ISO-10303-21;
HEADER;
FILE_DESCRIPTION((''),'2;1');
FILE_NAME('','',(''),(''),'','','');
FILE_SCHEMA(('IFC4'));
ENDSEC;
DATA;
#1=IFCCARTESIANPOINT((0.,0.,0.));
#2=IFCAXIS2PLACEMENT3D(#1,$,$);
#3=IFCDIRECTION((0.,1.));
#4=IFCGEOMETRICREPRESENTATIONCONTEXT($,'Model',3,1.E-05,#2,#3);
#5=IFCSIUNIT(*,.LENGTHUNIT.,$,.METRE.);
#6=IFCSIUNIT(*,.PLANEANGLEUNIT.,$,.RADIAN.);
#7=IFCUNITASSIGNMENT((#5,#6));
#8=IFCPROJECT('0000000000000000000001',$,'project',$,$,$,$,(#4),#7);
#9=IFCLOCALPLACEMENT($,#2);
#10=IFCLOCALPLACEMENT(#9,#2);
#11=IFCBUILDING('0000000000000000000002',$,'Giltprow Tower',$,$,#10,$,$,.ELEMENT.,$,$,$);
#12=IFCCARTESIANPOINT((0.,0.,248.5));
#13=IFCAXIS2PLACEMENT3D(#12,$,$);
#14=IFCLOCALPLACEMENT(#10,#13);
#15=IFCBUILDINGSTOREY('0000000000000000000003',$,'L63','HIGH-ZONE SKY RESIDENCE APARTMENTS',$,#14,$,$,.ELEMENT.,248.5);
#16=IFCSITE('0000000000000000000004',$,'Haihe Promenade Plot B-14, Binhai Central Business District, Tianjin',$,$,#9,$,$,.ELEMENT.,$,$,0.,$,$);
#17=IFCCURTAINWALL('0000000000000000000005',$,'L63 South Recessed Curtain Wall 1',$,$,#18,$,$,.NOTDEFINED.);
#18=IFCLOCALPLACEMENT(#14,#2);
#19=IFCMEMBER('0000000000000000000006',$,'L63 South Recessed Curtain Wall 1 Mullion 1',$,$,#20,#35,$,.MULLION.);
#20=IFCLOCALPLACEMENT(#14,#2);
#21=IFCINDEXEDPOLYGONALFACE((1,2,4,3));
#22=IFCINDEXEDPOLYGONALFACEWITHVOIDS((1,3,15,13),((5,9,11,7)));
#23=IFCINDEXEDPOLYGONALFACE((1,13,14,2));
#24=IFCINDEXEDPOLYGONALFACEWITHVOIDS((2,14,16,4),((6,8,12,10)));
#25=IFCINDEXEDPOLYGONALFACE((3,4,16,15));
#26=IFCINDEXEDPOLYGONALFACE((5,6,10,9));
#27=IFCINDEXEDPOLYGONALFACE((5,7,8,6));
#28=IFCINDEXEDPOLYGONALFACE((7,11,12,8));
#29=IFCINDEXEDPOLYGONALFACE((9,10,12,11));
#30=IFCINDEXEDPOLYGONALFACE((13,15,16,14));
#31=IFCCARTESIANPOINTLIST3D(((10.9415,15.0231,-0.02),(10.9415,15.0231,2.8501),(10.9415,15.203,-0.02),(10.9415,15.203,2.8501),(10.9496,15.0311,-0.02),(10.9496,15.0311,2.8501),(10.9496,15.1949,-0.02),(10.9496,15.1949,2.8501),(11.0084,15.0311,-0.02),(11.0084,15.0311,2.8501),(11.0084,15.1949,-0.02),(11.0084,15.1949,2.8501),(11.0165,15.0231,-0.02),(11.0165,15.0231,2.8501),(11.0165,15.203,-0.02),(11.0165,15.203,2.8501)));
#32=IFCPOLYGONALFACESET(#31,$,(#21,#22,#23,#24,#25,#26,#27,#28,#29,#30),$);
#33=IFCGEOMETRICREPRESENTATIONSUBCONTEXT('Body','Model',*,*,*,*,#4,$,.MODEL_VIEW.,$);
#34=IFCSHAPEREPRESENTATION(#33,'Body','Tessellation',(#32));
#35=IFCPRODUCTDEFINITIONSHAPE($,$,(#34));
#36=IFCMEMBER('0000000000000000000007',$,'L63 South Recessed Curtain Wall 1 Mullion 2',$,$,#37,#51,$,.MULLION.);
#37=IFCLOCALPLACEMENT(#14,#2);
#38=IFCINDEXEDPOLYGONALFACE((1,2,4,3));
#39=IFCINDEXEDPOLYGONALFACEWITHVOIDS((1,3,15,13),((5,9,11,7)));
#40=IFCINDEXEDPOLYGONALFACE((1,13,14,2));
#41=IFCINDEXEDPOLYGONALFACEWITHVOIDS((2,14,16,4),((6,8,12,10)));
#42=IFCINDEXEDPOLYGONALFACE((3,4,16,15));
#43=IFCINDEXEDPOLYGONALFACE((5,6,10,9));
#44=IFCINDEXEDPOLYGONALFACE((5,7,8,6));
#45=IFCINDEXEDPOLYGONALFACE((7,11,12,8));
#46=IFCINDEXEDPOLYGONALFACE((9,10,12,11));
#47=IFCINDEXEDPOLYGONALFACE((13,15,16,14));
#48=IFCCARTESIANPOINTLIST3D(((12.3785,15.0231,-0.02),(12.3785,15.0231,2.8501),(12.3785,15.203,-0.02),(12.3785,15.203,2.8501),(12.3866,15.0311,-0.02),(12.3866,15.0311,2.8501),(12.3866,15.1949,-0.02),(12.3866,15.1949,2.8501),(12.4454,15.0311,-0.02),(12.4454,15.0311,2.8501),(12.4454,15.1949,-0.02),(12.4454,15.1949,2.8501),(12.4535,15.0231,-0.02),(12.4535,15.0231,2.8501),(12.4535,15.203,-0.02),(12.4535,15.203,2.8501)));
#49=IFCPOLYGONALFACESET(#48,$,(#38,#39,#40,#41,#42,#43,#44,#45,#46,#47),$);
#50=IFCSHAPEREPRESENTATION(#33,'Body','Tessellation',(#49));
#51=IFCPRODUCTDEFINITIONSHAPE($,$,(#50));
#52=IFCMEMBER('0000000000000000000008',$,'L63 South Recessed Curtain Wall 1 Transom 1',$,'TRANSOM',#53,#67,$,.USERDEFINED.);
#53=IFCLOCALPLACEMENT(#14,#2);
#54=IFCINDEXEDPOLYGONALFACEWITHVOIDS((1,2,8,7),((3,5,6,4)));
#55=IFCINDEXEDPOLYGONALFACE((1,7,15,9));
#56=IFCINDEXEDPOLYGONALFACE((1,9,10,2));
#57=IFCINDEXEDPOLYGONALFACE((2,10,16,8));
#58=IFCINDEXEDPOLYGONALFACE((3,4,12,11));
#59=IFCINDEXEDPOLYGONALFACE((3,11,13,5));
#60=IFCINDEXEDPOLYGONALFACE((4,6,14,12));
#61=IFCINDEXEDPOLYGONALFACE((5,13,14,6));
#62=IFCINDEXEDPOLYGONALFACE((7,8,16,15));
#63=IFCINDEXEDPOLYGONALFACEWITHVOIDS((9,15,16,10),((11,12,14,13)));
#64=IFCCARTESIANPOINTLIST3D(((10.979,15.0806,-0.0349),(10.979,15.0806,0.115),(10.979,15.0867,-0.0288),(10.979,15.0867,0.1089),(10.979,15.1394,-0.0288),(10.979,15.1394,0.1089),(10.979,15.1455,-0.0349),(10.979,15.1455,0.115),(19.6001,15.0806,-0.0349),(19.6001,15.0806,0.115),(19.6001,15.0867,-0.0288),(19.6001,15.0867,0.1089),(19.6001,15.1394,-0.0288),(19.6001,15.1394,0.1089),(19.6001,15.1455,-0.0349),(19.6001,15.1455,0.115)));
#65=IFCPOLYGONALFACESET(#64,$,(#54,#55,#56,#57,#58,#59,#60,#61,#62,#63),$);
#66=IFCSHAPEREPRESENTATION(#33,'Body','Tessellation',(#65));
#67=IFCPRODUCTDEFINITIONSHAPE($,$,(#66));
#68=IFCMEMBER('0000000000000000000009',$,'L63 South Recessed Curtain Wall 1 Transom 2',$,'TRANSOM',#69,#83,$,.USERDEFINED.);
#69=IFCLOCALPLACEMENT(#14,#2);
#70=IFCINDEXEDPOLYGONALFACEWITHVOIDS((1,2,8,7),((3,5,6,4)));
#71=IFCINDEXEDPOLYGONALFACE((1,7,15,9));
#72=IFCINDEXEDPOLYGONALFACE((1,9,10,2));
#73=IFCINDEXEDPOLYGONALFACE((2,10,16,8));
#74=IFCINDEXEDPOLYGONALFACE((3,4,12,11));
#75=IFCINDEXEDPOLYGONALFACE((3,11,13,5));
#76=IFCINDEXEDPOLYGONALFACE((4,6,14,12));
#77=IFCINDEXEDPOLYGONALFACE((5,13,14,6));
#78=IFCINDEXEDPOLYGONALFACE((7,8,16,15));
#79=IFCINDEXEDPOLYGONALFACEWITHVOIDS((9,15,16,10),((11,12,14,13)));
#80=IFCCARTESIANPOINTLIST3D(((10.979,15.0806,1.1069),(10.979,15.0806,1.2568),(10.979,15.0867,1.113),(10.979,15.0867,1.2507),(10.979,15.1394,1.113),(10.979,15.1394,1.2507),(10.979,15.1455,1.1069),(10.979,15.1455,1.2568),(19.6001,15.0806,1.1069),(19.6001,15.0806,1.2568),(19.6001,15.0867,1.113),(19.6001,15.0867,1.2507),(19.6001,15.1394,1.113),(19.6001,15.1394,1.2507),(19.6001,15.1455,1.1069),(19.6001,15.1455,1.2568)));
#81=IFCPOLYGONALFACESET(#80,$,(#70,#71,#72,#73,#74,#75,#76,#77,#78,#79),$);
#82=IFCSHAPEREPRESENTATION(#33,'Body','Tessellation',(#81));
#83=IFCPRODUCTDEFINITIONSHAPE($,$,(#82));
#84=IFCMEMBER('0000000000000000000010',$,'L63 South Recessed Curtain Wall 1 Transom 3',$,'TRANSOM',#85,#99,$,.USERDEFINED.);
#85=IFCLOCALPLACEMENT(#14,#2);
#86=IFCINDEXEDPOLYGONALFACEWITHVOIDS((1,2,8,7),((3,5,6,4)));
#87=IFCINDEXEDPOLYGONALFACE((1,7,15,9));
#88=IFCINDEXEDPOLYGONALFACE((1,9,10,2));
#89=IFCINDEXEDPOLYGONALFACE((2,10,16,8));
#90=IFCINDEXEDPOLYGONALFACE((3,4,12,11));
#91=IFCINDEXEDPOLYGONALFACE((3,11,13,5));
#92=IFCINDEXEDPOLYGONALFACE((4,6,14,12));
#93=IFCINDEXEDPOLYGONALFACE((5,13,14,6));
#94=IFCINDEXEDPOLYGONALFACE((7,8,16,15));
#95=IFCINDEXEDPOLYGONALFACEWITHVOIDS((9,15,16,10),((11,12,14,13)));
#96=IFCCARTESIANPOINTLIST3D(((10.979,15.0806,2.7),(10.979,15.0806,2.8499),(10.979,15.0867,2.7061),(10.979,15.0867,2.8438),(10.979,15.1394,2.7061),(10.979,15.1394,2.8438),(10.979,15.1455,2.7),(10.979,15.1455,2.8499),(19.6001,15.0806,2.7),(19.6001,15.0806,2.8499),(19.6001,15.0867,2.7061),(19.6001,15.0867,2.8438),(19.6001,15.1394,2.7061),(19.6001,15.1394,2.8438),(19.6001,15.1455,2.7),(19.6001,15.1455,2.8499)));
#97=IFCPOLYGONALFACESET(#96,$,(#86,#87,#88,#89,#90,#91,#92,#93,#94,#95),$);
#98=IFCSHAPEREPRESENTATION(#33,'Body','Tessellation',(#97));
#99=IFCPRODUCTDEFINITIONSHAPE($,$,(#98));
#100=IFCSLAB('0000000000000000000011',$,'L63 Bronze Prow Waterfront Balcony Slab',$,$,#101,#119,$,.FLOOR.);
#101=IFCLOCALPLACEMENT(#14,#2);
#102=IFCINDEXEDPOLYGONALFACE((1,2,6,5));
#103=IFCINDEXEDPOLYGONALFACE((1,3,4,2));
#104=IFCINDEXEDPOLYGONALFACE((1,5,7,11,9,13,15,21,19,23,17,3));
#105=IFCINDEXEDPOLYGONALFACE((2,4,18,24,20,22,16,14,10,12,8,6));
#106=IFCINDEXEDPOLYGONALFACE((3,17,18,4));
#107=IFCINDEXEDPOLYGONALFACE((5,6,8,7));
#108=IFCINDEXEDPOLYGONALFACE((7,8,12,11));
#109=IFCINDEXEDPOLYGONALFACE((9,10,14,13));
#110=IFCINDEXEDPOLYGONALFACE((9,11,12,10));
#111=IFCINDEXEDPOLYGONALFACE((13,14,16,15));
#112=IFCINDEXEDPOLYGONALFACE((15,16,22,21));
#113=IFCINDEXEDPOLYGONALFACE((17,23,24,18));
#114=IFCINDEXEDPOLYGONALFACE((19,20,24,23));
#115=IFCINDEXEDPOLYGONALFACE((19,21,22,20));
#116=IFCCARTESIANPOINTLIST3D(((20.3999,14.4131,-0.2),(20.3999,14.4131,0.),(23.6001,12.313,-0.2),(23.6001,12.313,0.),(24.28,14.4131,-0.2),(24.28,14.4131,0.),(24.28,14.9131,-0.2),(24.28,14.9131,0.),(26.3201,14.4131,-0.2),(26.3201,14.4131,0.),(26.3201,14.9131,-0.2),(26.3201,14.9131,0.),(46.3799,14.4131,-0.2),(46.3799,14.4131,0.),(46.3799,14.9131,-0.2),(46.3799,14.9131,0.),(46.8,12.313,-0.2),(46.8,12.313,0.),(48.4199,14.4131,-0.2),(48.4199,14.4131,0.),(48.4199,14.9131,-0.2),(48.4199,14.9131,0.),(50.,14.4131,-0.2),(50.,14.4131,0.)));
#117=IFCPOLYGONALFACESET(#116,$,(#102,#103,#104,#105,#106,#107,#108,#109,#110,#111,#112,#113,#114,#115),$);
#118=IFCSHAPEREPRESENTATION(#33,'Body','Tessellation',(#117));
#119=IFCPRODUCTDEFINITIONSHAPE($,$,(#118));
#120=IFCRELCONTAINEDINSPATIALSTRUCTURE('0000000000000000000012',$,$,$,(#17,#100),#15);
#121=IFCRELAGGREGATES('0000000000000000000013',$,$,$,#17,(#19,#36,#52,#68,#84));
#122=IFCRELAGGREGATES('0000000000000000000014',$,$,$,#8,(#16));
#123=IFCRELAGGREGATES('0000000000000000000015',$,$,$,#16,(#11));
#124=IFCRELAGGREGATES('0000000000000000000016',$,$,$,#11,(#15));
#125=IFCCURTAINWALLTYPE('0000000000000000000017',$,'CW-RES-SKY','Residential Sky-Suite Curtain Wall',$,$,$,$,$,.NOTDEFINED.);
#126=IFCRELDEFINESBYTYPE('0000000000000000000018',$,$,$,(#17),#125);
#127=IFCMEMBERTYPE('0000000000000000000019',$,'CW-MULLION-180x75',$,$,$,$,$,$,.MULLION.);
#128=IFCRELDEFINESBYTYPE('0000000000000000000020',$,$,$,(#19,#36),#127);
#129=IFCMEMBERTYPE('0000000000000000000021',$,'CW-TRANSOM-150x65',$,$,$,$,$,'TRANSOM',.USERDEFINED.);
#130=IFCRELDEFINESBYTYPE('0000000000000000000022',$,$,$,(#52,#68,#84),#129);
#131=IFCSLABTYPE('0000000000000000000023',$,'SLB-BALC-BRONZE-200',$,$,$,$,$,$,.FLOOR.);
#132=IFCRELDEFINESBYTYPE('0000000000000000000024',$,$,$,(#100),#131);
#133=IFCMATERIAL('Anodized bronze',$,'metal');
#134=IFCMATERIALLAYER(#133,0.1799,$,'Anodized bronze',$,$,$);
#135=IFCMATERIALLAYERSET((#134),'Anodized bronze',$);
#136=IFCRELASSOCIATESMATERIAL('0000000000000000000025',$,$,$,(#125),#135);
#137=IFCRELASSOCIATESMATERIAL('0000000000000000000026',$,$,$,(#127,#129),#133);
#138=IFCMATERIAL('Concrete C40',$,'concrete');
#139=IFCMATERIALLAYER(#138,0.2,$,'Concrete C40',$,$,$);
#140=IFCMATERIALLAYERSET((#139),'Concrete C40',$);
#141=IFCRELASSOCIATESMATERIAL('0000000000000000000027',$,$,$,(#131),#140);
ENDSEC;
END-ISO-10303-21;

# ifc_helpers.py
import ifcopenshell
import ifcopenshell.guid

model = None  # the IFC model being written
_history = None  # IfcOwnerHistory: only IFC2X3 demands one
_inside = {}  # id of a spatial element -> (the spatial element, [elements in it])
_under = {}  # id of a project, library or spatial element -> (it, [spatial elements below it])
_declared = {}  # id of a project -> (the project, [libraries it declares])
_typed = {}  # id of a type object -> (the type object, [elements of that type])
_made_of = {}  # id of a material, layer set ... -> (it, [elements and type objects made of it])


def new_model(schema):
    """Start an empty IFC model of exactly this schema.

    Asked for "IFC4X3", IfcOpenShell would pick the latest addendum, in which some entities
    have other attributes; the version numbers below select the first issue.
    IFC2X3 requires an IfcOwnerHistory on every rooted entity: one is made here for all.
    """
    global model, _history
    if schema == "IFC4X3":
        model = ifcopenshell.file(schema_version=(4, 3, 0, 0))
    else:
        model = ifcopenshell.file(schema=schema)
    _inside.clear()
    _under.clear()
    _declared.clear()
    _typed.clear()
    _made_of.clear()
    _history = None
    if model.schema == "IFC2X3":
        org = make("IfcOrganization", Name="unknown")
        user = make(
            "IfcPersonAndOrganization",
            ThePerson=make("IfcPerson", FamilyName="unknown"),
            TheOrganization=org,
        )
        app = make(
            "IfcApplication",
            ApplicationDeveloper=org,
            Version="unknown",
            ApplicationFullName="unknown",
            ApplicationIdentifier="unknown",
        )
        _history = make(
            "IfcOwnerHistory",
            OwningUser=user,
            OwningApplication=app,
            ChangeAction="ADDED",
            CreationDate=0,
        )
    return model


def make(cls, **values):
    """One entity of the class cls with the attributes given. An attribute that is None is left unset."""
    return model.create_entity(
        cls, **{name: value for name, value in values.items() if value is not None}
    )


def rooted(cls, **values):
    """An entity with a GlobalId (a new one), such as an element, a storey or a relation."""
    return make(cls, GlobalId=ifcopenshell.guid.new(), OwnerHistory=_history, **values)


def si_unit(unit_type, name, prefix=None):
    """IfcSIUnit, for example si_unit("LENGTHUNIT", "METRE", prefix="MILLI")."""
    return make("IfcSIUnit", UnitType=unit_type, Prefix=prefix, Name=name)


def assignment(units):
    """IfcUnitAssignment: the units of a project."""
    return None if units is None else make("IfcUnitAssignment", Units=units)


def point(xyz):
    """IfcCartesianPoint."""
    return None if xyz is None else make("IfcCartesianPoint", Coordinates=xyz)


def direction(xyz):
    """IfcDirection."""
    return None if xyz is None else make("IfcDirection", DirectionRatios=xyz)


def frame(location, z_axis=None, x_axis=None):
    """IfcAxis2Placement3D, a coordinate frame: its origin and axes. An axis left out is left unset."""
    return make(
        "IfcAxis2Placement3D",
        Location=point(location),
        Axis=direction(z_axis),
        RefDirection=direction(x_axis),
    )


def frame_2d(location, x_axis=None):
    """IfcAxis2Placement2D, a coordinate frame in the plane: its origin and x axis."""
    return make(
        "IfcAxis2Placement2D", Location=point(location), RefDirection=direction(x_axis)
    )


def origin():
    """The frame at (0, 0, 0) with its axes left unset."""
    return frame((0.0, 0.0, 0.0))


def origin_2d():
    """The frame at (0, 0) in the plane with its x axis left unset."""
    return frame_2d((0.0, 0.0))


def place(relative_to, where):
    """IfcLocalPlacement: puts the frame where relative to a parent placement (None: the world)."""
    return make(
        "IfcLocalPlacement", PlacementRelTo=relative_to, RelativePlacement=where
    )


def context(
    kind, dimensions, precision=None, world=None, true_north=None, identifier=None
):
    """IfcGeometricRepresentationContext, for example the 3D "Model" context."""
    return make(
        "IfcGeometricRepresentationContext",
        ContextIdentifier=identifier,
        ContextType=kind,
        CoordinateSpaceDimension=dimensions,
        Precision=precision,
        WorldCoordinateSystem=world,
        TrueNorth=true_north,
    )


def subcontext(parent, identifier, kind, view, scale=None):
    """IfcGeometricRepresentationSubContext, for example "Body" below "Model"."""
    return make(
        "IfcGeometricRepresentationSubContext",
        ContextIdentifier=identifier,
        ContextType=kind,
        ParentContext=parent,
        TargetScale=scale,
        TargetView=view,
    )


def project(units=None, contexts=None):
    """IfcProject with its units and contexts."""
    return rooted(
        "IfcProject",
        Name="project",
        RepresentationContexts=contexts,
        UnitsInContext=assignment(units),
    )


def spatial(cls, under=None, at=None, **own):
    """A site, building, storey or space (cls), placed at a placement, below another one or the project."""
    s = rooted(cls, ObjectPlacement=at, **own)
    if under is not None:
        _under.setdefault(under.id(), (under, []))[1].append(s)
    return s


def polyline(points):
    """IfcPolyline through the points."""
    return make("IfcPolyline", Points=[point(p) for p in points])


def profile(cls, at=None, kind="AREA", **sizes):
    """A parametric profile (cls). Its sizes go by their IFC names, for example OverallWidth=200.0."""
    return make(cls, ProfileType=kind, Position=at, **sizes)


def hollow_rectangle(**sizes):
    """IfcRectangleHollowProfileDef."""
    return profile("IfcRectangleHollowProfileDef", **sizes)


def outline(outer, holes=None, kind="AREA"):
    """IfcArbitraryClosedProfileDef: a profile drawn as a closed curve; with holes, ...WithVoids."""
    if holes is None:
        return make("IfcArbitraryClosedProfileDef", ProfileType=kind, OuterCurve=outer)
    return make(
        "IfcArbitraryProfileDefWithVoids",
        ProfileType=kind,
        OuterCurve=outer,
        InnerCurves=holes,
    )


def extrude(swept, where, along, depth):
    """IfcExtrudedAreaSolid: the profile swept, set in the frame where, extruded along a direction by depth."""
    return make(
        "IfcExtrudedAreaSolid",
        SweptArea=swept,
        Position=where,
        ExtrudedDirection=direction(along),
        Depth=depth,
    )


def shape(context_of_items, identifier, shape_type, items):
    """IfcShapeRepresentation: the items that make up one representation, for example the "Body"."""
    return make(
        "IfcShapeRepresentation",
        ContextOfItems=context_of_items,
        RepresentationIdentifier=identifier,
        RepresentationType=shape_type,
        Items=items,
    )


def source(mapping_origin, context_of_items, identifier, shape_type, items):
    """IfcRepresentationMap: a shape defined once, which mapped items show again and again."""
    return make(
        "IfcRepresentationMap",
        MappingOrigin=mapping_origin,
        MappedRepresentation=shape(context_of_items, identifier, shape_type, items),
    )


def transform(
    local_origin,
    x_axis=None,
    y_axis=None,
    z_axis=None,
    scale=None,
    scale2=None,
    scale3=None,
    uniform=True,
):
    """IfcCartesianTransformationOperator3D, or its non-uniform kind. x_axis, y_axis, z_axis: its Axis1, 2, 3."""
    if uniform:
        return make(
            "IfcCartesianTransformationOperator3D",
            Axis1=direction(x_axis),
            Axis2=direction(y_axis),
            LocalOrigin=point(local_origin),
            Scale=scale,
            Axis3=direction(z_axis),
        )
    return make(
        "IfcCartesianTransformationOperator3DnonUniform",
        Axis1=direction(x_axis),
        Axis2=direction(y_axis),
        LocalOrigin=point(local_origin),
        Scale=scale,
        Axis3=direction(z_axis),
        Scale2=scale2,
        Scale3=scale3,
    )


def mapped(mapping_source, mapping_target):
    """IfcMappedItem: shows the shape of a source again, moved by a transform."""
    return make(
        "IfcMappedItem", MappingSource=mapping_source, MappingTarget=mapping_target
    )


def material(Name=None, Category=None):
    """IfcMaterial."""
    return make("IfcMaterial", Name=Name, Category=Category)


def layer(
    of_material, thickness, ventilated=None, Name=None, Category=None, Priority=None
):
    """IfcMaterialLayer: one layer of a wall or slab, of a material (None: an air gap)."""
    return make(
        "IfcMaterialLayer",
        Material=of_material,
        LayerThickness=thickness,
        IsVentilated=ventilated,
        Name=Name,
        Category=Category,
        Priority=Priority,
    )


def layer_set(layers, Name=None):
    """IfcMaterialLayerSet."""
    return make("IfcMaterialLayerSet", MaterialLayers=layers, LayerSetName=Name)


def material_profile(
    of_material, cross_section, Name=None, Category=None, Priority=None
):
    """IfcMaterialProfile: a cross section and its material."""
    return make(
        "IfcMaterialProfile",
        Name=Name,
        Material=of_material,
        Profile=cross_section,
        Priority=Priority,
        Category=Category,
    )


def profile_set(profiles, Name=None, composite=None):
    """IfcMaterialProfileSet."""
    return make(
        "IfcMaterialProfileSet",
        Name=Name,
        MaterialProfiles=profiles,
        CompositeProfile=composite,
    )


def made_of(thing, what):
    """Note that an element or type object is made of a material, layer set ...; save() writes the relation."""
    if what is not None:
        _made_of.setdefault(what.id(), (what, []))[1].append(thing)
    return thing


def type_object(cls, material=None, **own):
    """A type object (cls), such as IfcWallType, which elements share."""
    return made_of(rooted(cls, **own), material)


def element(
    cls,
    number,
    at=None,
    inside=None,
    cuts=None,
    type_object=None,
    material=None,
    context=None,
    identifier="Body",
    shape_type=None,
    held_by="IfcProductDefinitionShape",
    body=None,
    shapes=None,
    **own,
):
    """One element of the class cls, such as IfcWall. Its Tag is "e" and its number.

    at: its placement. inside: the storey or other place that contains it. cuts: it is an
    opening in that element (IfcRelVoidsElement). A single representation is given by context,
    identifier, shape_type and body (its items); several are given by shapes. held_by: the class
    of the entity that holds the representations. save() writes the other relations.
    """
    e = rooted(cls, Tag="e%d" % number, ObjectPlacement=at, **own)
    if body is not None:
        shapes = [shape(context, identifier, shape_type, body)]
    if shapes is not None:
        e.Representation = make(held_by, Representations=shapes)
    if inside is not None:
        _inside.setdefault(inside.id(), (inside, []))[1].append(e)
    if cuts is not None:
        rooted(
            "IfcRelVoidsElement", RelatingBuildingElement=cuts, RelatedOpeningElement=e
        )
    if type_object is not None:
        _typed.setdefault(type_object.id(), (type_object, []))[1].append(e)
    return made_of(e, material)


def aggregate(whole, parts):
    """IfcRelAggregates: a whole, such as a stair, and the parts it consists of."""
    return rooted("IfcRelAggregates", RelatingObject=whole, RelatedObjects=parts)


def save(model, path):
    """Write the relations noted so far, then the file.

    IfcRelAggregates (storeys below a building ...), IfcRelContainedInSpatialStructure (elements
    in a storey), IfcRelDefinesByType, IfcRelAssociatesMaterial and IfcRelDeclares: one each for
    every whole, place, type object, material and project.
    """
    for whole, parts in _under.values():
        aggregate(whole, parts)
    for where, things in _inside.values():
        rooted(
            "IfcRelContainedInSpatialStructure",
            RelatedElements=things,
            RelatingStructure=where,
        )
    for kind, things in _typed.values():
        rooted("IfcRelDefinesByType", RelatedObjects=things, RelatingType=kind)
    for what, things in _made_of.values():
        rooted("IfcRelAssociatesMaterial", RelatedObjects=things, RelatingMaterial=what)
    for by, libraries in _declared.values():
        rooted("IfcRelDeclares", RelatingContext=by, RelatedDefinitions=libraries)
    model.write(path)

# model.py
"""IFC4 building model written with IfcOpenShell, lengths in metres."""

from ifc_helpers import new_model, si_unit, direction, frame, origin, origin_2d, place, context, subcontext, project, spatial, polyline, hollow_rectangle, outline, extrude, source, transform, mapped, material, layer, layer_set, material_profile, profile_set, type_object, element, aggregate, save


model = new_model("IFC4")

# Units and contexts
model_context = context("Model", 3, precision=1e-05, world=origin(), true_north=direction((0.0, 1.0)))
body_context = subcontext(model_context, "Body", "Model", "MODEL_VIEW")
ifc_project = project(units=[si_unit("LENGTHUNIT", "METRE"), si_unit("PLANEANGLEUNIT", "RADIAN")], contexts=[model_context])

# Site, building, storey
site_placement = place(None, origin())
site = spatial("IfcSite", under=ifc_project, at=site_placement, Name="Haihe Promenade Plot B-14, Binhai Central Business District, Tianjin", CompositionType="ELEMENT", RefElevation=0.0)
building_placement = place(site_placement, origin())
building = spatial("IfcBuilding", under=site, at=building_placement, Name="Giltprow Tower", CompositionType="ELEMENT")
storey_placement = place(building_placement, frame((0.0, 0.0, 248.5)))
storey = spatial("IfcBuildingStorey", under=building, at=storey_placement, Name="L63", Description="HIGH-ZONE SKY RESIDENCE APARTMENTS", CompositionType="ELEMENT", Elevation=248.5)

# Curtain wall, members
ifc_material_1 = material(Name="Anodized bronze", Category="metal")
ifc_layer_1 = layer(ifc_material_1, 0.1799, Name="Anodized bronze")
ifc_layer_set_1 = layer_set([ifc_layer_1], Name="Anodized bronze")
curtain_wall_type = type_object("IfcCurtainWallType", Name="CW-RES-SKY", Description="Residential Sky-Suite Curtain Wall", PredefinedType="NOTDEFINED", material=ifc_layer_set_1)
curtain_wall_placement = place(storey_placement, origin())
curtain_wall = element("IfcCurtainWall", 1, at=curtain_wall_placement, inside=storey, type_object=curtain_wall_type, Name="L63 South Recessed Curtain Wall 1", PredefinedType="NOTDEFINED")
ifc_material_profile_1 = material_profile(ifc_material_1, hollow_rectangle(XDim=0.075, YDim=0.1799, WallThickness=0.0081, at=origin_2d()), Name="RHS 180x75x8")
ifc_profile_set_1 = profile_set([ifc_material_profile_1], Name="Anodized bronze")
member_type_1 = type_object("IfcMemberType", Name="CW-MULLION-180x75", PredefinedType="MULLION", material=ifc_profile_set_1)
shared_shape_1 = source(origin(), body_context, "Body", "SweptSolid", [
    extrude(hollow_rectangle(XDim=0.075, YDim=0.1799, WallThickness=0.0081, at=origin_2d()), origin(), (0.0, 0.0, 1.0), 2.8701),
])
member_1_placement = place(storey_placement, frame((10.979, 15.113, -0.02), z_axis=(0.0, 0.0, 1.0), x_axis=(1.0, 0.0, 0.0)))
member_1 = element("IfcMember", 2, at=member_1_placement, type_object=member_type_1, Name="L63 South Recessed Curtain Wall 1 Mullion 1", PredefinedType="MULLION", context=body_context, shape_type="MappedRepresentation", body=[
    mapped(shared_shape_1, transform((0.0, 0.0, 0.0), x_axis=(1.0, 0.0, 0.0), y_axis=(0.0, 1.0, 0.0), z_axis=(0.0, 0.0, 1.0), scale=1.0)),
])
member_2_placement = place(storey_placement, frame((12.416, 15.113, -0.02), z_axis=(0.0, 0.0, 1.0), x_axis=(1.0, 0.0, 0.0)))
member_2 = element("IfcMember", 3, at=member_2_placement, type_object=member_type_1, Name="L63 South Recessed Curtain Wall 1 Mullion 2", PredefinedType="MULLION", context=body_context, shape_type="MappedRepresentation", body=[
    mapped(shared_shape_1, transform((0.0, 0.0, 0.0), x_axis=(1.0, 0.0, 0.0), y_axis=(0.0, 1.0, 0.0), z_axis=(0.0, 0.0, 1.0), scale=1.0)),
])
ifc_material_profile_2 = material_profile(ifc_material_1, hollow_rectangle(XDim=0.0649, YDim=0.1499, WallThickness=0.0061, at=origin_2d()), Name="RHS 150x65x6")
ifc_profile_set_2 = profile_set([ifc_material_profile_2], Name="Anodized bronze")
member_type_2 = type_object("IfcMemberType", Name="CW-TRANSOM-150x65", ElementType="TRANSOM", PredefinedType="USERDEFINED", material=ifc_profile_set_2)
shared_shape_2 = source(origin(), body_context, "Body", "SweptSolid", [
    extrude(hollow_rectangle(XDim=0.0649, YDim=0.1499, WallThickness=0.0061, at=origin_2d()), origin(), (0.0, 0.0, 1.0), 8.6211),
])
member_3_placement = place(storey_placement, frame((10.979, 15.113, 0.04), z_axis=(1.0, 0.0, 0.0), x_axis=(0.0, 1.0, 0.0)))
member_3 = element("IfcMember", 4, at=member_3_placement, type_object=member_type_2, Name="L63 South Recessed Curtain Wall 1 Transom 1", ObjectType="TRANSOM", PredefinedType="USERDEFINED", context=body_context, shape_type="MappedRepresentation", body=[
    mapped(shared_shape_2, transform((0.0, 0.0, 0.0), x_axis=(1.0, 0.0, 0.0), y_axis=(0.0, 1.0, 0.0), z_axis=(0.0, 0.0, 1.0), scale=1.0)),
])
member_4_placement = place(storey_placement, frame((10.979, 15.113, 1.1819), z_axis=(1.0, 0.0, 0.0), x_axis=(0.0, 1.0, 0.0)))
member_4 = element("IfcMember", 5, at=member_4_placement, type_object=member_type_2, Name="L63 South Recessed Curtain Wall 1 Transom 2", ObjectType="TRANSOM", PredefinedType="USERDEFINED", context=body_context, shape_type="MappedRepresentation", body=[
    mapped(shared_shape_2, transform((0.0, 0.0, 0.0), x_axis=(1.0, 0.0, 0.0), y_axis=(0.0, 1.0, 0.0), z_axis=(0.0, 0.0, 1.0), scale=1.0)),
])
member_5_placement = place(storey_placement, frame((10.979, 15.113, 2.7749), z_axis=(1.0, 0.0, 0.0), x_axis=(0.0, 1.0, 0.0)))
member_5 = element("IfcMember", 6, at=member_5_placement, type_object=member_type_2, Name="L63 South Recessed Curtain Wall 1 Transom 3", ObjectType="TRANSOM", PredefinedType="USERDEFINED", context=body_context, shape_type="MappedRepresentation", body=[
    mapped(shared_shape_2, transform((0.0, 0.0, 0.0), x_axis=(1.0, 0.0, 0.0), y_axis=(0.0, 1.0, 0.0), z_axis=(0.0, 0.0, 1.0), scale=1.0)),
])

# Slab
ifc_material_2 = material(Name="Concrete C40", Category="concrete")
ifc_layer_2 = layer(ifc_material_2, 0.2, Name="Concrete C40")
ifc_layer_set_2 = layer_set([ifc_layer_2], Name="Concrete C40")
slab_type_1 = type_object("IfcSlabType", Name="SLB-BALC-BRONZE-200", PredefinedType="FLOOR", material=ifc_layer_set_2)
slab_1_placement = place(storey_placement, frame((0.0, 0.0, -0.2)))
element("IfcSlab", 7, at=slab_1_placement, inside=storey, type_object=slab_type_1, Name="L63 Bronze Prow Waterfront Balcony Slab", PredefinedType="FLOOR", context=body_context, shape_type="SweptSolid", body=[
    extrude(outline(polyline([(50.0, 14.4131), (46.8, 12.313), (23.6001, 12.313), (20.3999, 14.4131), (24.28, 14.4131), (24.28, 14.9131), (26.3201, 14.9131), (26.3201, 14.4131), (46.3799, 14.4131), (46.3799, 14.9131), (48.4199, 14.9131), (48.4199, 14.4131), (50.0, 14.4131)])), origin(), (0.0, 0.0, 1.0), 0.2),
])

aggregate(curtain_wall, [member_1, member_2, member_3, member_4, member_5])

save(model, "model.ifc")
